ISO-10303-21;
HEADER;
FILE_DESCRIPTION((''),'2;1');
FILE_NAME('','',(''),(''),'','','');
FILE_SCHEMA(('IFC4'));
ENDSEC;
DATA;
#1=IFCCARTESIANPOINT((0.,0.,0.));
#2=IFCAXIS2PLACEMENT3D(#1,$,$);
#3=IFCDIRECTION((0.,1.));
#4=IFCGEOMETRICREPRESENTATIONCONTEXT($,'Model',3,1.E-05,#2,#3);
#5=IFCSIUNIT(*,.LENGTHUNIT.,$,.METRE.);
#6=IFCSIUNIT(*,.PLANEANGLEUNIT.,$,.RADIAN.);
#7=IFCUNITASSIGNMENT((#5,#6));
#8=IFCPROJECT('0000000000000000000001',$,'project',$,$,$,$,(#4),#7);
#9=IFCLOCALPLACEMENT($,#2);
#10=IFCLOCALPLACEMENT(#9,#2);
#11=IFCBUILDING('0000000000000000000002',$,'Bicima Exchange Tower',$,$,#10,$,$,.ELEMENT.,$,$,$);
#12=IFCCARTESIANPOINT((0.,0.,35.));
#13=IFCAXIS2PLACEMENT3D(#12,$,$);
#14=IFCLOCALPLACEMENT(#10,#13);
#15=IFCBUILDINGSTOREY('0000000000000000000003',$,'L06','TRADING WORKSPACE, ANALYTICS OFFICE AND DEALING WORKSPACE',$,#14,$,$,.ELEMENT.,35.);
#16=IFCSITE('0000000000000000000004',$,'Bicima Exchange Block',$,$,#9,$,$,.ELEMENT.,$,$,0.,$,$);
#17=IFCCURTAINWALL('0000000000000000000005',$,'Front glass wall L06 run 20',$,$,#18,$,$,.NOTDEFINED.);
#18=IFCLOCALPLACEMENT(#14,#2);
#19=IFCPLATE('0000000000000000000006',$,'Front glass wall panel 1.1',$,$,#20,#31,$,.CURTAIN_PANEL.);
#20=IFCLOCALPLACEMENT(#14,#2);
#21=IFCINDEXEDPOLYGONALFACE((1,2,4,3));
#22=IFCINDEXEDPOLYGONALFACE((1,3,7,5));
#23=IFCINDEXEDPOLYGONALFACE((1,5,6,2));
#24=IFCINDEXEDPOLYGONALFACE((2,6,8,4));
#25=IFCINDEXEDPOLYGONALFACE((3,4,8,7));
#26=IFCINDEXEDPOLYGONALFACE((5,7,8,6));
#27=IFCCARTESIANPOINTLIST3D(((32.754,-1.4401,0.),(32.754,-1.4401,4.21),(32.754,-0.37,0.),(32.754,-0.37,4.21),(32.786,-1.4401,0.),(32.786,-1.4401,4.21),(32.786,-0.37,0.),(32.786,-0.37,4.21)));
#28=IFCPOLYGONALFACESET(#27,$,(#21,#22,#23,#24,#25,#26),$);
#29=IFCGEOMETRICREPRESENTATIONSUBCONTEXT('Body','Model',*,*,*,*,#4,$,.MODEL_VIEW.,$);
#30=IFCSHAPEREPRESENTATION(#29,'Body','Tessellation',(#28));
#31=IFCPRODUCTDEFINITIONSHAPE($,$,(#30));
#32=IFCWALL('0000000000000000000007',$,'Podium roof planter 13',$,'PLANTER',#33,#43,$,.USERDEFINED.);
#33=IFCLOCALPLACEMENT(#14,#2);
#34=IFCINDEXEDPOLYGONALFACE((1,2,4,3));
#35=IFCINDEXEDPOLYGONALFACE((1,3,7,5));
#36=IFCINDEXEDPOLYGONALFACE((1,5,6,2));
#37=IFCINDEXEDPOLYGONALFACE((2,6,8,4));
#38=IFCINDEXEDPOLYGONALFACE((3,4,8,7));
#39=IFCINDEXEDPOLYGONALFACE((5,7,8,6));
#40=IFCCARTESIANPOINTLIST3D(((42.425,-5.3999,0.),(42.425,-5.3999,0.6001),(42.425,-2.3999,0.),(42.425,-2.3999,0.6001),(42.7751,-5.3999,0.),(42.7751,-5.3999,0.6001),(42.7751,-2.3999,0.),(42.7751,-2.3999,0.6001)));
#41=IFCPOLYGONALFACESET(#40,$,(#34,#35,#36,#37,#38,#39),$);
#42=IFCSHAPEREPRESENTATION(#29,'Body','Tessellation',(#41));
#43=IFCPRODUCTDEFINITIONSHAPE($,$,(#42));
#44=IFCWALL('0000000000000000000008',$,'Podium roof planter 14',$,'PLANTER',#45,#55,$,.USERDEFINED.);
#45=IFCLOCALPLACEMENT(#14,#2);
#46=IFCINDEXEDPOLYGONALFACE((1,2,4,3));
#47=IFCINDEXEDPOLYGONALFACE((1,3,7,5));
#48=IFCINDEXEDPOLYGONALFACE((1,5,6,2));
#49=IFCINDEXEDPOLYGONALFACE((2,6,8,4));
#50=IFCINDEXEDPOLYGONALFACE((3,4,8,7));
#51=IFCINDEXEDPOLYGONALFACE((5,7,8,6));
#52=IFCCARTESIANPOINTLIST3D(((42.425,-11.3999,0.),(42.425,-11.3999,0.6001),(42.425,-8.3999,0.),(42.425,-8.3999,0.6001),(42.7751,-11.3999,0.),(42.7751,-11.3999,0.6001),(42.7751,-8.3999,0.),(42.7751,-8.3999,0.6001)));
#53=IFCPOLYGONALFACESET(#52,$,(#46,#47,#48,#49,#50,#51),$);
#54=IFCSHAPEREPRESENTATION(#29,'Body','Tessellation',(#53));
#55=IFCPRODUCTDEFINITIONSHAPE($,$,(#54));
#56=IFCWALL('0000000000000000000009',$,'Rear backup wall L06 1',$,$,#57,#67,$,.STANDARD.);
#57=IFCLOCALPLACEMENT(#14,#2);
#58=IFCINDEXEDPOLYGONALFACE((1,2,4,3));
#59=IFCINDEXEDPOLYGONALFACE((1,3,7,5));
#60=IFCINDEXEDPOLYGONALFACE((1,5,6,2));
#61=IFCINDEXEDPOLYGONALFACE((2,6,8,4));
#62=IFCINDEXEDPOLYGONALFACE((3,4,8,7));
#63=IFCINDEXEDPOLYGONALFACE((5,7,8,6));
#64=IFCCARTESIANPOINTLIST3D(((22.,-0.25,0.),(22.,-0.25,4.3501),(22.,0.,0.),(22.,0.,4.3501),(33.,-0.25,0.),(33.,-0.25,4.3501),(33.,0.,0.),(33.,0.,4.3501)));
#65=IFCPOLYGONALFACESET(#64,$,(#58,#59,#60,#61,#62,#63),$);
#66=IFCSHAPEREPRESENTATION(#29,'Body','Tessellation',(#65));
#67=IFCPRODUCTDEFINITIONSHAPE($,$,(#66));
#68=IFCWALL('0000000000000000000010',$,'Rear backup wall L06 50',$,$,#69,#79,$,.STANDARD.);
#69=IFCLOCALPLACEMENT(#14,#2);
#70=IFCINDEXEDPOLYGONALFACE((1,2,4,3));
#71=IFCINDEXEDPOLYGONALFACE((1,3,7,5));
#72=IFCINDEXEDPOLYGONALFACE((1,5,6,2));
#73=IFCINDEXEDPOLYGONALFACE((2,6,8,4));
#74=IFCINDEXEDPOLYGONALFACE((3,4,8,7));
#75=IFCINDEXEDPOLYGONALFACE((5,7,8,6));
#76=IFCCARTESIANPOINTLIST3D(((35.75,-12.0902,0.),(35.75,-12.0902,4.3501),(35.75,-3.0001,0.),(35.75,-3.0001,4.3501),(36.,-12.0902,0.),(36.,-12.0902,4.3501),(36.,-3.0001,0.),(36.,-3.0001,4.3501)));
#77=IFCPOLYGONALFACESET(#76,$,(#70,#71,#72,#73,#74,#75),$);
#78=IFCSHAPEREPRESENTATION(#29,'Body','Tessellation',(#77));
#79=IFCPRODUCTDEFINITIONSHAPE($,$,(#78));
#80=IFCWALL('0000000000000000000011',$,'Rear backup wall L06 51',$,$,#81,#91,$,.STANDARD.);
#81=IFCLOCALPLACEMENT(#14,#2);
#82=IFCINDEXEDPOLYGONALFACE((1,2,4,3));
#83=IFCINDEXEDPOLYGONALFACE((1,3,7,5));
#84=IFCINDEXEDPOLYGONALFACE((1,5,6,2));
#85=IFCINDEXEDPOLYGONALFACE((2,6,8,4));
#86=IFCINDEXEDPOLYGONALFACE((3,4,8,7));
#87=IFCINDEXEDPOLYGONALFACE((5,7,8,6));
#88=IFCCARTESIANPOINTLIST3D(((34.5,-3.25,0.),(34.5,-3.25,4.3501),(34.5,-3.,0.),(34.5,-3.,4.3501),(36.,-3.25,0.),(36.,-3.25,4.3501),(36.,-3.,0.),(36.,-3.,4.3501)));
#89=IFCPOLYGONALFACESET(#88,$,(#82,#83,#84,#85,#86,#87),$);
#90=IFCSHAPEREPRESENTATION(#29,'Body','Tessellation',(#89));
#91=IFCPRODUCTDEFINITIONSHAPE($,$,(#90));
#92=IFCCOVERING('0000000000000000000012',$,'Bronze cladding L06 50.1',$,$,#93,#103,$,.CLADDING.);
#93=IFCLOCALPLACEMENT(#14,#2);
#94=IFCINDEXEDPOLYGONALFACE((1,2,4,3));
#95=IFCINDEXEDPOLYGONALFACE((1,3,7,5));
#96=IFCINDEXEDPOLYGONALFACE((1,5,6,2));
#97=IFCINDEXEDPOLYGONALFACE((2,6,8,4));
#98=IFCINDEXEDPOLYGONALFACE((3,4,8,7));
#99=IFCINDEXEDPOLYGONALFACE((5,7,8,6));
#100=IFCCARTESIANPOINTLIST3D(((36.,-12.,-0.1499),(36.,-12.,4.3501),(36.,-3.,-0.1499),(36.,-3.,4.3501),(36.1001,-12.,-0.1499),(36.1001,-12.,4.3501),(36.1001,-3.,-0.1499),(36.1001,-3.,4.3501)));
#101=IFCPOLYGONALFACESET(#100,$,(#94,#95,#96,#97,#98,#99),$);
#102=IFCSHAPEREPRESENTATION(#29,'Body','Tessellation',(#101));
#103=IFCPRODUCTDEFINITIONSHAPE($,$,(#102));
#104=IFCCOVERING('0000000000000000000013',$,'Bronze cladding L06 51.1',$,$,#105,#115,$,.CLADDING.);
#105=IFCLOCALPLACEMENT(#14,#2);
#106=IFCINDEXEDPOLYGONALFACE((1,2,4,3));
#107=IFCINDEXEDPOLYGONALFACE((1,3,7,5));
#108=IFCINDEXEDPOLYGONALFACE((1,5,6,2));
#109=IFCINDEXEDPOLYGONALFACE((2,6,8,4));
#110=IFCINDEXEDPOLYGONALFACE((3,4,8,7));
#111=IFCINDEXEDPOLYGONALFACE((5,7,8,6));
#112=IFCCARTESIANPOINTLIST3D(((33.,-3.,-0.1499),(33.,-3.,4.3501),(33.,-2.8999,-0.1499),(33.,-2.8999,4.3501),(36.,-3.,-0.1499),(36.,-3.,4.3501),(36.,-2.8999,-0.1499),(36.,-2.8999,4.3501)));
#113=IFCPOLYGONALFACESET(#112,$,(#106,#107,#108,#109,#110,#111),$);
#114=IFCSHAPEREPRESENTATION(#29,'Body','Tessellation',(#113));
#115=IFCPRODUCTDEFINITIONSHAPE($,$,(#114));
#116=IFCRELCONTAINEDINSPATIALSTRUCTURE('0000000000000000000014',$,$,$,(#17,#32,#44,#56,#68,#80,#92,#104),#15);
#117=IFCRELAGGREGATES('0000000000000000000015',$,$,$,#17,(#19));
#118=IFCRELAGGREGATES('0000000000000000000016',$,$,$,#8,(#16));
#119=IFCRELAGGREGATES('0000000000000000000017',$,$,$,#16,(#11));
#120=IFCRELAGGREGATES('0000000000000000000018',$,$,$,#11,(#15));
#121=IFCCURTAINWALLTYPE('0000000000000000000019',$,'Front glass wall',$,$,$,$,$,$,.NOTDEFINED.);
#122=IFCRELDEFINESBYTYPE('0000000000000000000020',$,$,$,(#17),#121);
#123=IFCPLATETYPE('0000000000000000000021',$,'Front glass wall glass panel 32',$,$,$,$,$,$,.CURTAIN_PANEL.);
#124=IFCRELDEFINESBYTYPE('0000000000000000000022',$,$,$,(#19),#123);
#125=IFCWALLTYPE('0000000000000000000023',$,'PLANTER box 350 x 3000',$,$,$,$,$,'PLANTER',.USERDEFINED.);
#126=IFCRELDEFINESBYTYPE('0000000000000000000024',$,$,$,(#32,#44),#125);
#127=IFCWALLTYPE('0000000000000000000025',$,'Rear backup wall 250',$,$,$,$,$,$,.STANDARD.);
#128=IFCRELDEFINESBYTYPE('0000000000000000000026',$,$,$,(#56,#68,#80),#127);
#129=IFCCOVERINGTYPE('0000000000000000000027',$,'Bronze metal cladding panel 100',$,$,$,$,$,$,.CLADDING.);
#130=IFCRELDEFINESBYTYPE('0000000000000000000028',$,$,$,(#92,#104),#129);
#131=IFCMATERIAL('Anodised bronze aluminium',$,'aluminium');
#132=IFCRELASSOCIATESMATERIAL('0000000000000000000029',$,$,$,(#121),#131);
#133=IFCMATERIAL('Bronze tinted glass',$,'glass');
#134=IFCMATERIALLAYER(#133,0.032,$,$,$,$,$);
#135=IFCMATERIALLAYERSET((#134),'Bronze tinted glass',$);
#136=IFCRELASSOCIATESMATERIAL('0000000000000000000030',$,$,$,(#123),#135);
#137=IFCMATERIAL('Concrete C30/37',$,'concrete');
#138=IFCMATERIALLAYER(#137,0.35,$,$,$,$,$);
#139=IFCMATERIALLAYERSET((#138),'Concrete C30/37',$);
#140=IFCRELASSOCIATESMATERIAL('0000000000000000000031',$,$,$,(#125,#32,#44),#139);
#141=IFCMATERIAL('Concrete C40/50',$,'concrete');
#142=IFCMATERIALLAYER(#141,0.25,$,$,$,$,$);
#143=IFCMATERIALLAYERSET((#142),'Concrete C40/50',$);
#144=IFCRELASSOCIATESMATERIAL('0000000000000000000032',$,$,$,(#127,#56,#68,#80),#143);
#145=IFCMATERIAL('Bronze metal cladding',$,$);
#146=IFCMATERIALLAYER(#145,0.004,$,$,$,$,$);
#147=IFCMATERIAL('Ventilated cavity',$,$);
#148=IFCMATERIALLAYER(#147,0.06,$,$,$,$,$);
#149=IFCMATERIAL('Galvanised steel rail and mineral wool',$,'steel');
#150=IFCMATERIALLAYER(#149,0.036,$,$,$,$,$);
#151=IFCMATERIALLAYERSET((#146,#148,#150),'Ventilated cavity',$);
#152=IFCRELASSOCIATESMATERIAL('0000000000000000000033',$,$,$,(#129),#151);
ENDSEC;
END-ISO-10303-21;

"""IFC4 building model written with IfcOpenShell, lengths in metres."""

from ifc_helpers import new_model, si_unit, direction, frame, frame_2d, origin, origin_2d, place, context, subcontext, project, spatial, rectangle, extrude, material, layer, layer_set, layer_usage, type_object, element, aggregate, save


model = new_model("IFC4")

# Units and contexts
model_context = context("Model", 3, precision=1e-05, world=origin(), true_north=direction((0.0, 1.0)))
body_context = subcontext(model_context, "Body", "Model", "MODEL_VIEW")
ifc_project = project(units=[si_unit("LENGTHUNIT", "METRE"), si_unit("PLANEANGLEUNIT", "RADIAN")], contexts=[model_context])

# Site, building, storey
site_placement = place(None, origin())
site = spatial("IfcSite", under=ifc_project, at=site_placement, Name="Bicima Exchange Block", CompositionType="ELEMENT", RefElevation=0.0)
building_placement = place(site_placement, origin())
building = spatial("IfcBuilding", under=site, at=building_placement, Name="Bicima Exchange Tower", CompositionType="ELEMENT")
storey_placement = place(building_placement, frame((0.0, 0.0, 35.0)))
storey = spatial("IfcBuildingStorey", under=building, at=storey_placement, Name="L06", Description="TRADING WORKSPACE, ANALYTICS OFFICE AND DEALING WORKSPACE", CompositionType="ELEMENT", Elevation=35.0)

# Shared definitions
ifc_material_1 = material(Name="Anodised bronze aluminium", Category="aluminium")

# Curtain wall
curtain_wall_type_1 = type_object("IfcCurtainWallType", Name="Front glass wall", PredefinedType="NOTDEFINED", material=ifc_material_1)
curtain_wall_1_placement = place(storey_placement, origin())
curtain_wall_1 = element("IfcCurtainWall", 1, at=curtain_wall_1_placement, inside=storey, type_object=curtain_wall_type_1, Name="Front glass wall L06 run 20", PredefinedType="NOTDEFINED")

# Plate
ifc_material_2 = material(Name="Bronze tinted glass", Category="glass")
ifc_layer_1 = layer(ifc_material_2, 0.032)
ifc_layer_set_1 = layer_set([ifc_layer_1], Name="Bronze tinted glass")
plate_type_1 = type_object("IfcPlateType", Name="Front glass wall glass panel 32", PredefinedType="CURTAIN_PANEL", material=ifc_layer_set_1)
plate_1_placement = place(storey_placement, frame((32.77, -0.905, 0.0), z_axis=(0.0, 0.0, 1.0), x_axis=(0.0, 1.0, 0.0)))
plate_1 = element("IfcPlate", 2, at=plate_1_placement, type_object=plate_type_1, Name="Front glass wall panel 1.1", PredefinedType="CURTAIN_PANEL", context=body_context, shape_type="SweptSolid", body=[
    extrude(rectangle(XDim=1.0701, YDim=0.032, at=origin_2d()), origin(), (0.0, 0.0, 1.0), 4.21),
])
aggregate(curtain_wall_1, [plate_1])

# Walls
ifc_material_3 = material(Name="Concrete C30/37", Category="concrete")
ifc_layer_2 = layer(ifc_material_3, 0.35)
ifc_layer_set_2 = layer_set([ifc_layer_2], Name="Concrete C30/37")
ifc_layer_usage_1 = layer_usage(ifc_layer_set_2, "AXIS2", "POSITIVE", -0.175)
wall_type_1 = type_object("IfcWallType", Name="PLANTER box 350 x 3000", ElementType="PLANTER", PredefinedType="USERDEFINED", material=ifc_layer_set_2)
for number, where, z_axis, x_axis, name in (
    (3, (42.6001, -2.3999, 0.0), (0.0, 0.0, 1.0), (0.0, -1.0, 0.0), "Podium roof planter 13"),
    (4, (42.6001, -8.3999, 0.0), (0.0, 0.0, 1.0), (0.0, -1.0, 0.0), "Podium roof planter 14"),
):
    element("IfcWall", number, at=place(storey_placement, frame(where, z_axis=z_axis, x_axis=x_axis)), inside=storey, type_object=wall_type_1, material=ifc_layer_usage_1, Name=name, ObjectType="PLANTER", PredefinedType="USERDEFINED", context=body_context, shape_type="SweptSolid", body=[
        extrude(rectangle(XDim=3.0, YDim=0.3501, at=frame_2d((1.5, 0.0))), origin(), (0.0, 0.0, 1.0), 0.6001),
    ])
ifc_material_4 = material(Name="Concrete C40/50", Category="concrete")
ifc_layer_3 = layer(ifc_material_4, 0.25)
ifc_layer_set_3 = layer_set([ifc_layer_3], Name="Concrete C40/50")
ifc_layer_usage_2 = layer_usage(ifc_layer_set_3, "AXIS2", "POSITIVE", -0.125)
wall_type_2 = type_object("IfcWallType", Name="Rear backup wall 250", PredefinedType="STANDARD", material=ifc_layer_set_3)
wall_1_placement = place(storey_placement, frame((33.0, -0.125, 0.0), z_axis=(0.0, 0.0, 1.0), x_axis=(-1.0, 0.0, 0.0)))
element("IfcWall", 5, at=wall_1_placement, inside=storey, type_object=wall_type_2, material=ifc_layer_usage_2, Name="Rear backup wall L06 1", PredefinedType="STANDARD", context=body_context, shape_type="SweptSolid", body=[
    extrude(rectangle(XDim=11.0, YDim=0.25, at=frame_2d((5.5, 0.0))), origin(), (0.0, 0.0, 1.0), 4.3501),
])
wall_2_placement = place(storey_placement, frame((35.875, -12.0901, 0.0), z_axis=(0.0, 0.0, 1.0), x_axis=(0.0, 1.0, 0.0)))
element("IfcWall", 6, at=wall_2_placement, inside=storey, type_object=wall_type_2, material=ifc_layer_usage_2, Name="Rear backup wall L06 50", PredefinedType="STANDARD", context=body_context, shape_type="SweptSolid", body=[
    extrude(rectangle(XDim=9.0901, YDim=0.25, at=frame_2d((4.5449, 0.0))), origin(), (0.0, 0.0, 1.0), 4.3501),
])
wall_3_placement = place(storey_placement, frame((36.0, -3.125, 0.0), z_axis=(0.0, 0.0, 1.0), x_axis=(-1.0, 0.0, 0.0)))
element("IfcWall", 7, at=wall_3_placement, inside=storey, type_object=wall_type_2, material=ifc_layer_usage_2, Name="Rear backup wall L06 51", PredefinedType="STANDARD", context=body_context, shape_type="SweptSolid", body=[
    extrude(rectangle(XDim=1.5, YDim=0.25, at=frame_2d((0.75, 0.0))), origin(), (0.0, 0.0, 1.0), 4.3501),
])

# Coverings
ifc_material_5 = material(Name="Bronze metal cladding")
ifc_layer_4 = layer(ifc_material_5, 0.004)
ifc_material_6 = material(Name="Ventilated cavity")
ifc_layer_5 = layer(ifc_material_6, 0.06)
ifc_material_7 = material(Name="Galvanised steel rail and mineral wool", Category="steel")
ifc_layer_6 = layer(ifc_material_7, 0.036)
ifc_layer_set_4 = layer_set([ifc_layer_4, ifc_layer_5, ifc_layer_6], Name="Ventilated cavity")
covering_type = type_object("IfcCoveringType", Name="Bronze metal cladding panel 100", PredefinedType="CLADDING", material=ifc_layer_set_4)
covering_1_placement = place(storey_placement, frame((36.05, -7.5, -0.1499), z_axis=(0.0, 0.0, 1.0), x_axis=(0.0, 1.0, 0.0)))
element("IfcCovering", 8, at=covering_1_placement, inside=storey, type_object=covering_type, Name="Bronze cladding L06 50.1", PredefinedType="CLADDING", context=body_context, shape_type="SweptSolid", body=[
    extrude(rectangle(XDim=9.0, YDim=0.1001, at=origin_2d()), origin(), (0.0, 0.0, 1.0), 4.5),
])
covering_2_placement = place(storey_placement, frame((34.5, -2.95, -0.1499), z_axis=(0.0, 0.0, 1.0), x_axis=(-1.0, 0.0, 0.0)))
element("IfcCovering", 9, at=covering_2_placement, inside=storey, type_object=covering_type, Name="Bronze cladding L06 51.1", PredefinedType="CLADDING", context=body_context, shape_type="SweptSolid", body=[
    extrude(rectangle(XDim=3.0, YDim=0.1001, at=origin_2d()), origin(), (0.0, 0.0, 1.0), 4.5),
])

save(model, "model.ifc")
